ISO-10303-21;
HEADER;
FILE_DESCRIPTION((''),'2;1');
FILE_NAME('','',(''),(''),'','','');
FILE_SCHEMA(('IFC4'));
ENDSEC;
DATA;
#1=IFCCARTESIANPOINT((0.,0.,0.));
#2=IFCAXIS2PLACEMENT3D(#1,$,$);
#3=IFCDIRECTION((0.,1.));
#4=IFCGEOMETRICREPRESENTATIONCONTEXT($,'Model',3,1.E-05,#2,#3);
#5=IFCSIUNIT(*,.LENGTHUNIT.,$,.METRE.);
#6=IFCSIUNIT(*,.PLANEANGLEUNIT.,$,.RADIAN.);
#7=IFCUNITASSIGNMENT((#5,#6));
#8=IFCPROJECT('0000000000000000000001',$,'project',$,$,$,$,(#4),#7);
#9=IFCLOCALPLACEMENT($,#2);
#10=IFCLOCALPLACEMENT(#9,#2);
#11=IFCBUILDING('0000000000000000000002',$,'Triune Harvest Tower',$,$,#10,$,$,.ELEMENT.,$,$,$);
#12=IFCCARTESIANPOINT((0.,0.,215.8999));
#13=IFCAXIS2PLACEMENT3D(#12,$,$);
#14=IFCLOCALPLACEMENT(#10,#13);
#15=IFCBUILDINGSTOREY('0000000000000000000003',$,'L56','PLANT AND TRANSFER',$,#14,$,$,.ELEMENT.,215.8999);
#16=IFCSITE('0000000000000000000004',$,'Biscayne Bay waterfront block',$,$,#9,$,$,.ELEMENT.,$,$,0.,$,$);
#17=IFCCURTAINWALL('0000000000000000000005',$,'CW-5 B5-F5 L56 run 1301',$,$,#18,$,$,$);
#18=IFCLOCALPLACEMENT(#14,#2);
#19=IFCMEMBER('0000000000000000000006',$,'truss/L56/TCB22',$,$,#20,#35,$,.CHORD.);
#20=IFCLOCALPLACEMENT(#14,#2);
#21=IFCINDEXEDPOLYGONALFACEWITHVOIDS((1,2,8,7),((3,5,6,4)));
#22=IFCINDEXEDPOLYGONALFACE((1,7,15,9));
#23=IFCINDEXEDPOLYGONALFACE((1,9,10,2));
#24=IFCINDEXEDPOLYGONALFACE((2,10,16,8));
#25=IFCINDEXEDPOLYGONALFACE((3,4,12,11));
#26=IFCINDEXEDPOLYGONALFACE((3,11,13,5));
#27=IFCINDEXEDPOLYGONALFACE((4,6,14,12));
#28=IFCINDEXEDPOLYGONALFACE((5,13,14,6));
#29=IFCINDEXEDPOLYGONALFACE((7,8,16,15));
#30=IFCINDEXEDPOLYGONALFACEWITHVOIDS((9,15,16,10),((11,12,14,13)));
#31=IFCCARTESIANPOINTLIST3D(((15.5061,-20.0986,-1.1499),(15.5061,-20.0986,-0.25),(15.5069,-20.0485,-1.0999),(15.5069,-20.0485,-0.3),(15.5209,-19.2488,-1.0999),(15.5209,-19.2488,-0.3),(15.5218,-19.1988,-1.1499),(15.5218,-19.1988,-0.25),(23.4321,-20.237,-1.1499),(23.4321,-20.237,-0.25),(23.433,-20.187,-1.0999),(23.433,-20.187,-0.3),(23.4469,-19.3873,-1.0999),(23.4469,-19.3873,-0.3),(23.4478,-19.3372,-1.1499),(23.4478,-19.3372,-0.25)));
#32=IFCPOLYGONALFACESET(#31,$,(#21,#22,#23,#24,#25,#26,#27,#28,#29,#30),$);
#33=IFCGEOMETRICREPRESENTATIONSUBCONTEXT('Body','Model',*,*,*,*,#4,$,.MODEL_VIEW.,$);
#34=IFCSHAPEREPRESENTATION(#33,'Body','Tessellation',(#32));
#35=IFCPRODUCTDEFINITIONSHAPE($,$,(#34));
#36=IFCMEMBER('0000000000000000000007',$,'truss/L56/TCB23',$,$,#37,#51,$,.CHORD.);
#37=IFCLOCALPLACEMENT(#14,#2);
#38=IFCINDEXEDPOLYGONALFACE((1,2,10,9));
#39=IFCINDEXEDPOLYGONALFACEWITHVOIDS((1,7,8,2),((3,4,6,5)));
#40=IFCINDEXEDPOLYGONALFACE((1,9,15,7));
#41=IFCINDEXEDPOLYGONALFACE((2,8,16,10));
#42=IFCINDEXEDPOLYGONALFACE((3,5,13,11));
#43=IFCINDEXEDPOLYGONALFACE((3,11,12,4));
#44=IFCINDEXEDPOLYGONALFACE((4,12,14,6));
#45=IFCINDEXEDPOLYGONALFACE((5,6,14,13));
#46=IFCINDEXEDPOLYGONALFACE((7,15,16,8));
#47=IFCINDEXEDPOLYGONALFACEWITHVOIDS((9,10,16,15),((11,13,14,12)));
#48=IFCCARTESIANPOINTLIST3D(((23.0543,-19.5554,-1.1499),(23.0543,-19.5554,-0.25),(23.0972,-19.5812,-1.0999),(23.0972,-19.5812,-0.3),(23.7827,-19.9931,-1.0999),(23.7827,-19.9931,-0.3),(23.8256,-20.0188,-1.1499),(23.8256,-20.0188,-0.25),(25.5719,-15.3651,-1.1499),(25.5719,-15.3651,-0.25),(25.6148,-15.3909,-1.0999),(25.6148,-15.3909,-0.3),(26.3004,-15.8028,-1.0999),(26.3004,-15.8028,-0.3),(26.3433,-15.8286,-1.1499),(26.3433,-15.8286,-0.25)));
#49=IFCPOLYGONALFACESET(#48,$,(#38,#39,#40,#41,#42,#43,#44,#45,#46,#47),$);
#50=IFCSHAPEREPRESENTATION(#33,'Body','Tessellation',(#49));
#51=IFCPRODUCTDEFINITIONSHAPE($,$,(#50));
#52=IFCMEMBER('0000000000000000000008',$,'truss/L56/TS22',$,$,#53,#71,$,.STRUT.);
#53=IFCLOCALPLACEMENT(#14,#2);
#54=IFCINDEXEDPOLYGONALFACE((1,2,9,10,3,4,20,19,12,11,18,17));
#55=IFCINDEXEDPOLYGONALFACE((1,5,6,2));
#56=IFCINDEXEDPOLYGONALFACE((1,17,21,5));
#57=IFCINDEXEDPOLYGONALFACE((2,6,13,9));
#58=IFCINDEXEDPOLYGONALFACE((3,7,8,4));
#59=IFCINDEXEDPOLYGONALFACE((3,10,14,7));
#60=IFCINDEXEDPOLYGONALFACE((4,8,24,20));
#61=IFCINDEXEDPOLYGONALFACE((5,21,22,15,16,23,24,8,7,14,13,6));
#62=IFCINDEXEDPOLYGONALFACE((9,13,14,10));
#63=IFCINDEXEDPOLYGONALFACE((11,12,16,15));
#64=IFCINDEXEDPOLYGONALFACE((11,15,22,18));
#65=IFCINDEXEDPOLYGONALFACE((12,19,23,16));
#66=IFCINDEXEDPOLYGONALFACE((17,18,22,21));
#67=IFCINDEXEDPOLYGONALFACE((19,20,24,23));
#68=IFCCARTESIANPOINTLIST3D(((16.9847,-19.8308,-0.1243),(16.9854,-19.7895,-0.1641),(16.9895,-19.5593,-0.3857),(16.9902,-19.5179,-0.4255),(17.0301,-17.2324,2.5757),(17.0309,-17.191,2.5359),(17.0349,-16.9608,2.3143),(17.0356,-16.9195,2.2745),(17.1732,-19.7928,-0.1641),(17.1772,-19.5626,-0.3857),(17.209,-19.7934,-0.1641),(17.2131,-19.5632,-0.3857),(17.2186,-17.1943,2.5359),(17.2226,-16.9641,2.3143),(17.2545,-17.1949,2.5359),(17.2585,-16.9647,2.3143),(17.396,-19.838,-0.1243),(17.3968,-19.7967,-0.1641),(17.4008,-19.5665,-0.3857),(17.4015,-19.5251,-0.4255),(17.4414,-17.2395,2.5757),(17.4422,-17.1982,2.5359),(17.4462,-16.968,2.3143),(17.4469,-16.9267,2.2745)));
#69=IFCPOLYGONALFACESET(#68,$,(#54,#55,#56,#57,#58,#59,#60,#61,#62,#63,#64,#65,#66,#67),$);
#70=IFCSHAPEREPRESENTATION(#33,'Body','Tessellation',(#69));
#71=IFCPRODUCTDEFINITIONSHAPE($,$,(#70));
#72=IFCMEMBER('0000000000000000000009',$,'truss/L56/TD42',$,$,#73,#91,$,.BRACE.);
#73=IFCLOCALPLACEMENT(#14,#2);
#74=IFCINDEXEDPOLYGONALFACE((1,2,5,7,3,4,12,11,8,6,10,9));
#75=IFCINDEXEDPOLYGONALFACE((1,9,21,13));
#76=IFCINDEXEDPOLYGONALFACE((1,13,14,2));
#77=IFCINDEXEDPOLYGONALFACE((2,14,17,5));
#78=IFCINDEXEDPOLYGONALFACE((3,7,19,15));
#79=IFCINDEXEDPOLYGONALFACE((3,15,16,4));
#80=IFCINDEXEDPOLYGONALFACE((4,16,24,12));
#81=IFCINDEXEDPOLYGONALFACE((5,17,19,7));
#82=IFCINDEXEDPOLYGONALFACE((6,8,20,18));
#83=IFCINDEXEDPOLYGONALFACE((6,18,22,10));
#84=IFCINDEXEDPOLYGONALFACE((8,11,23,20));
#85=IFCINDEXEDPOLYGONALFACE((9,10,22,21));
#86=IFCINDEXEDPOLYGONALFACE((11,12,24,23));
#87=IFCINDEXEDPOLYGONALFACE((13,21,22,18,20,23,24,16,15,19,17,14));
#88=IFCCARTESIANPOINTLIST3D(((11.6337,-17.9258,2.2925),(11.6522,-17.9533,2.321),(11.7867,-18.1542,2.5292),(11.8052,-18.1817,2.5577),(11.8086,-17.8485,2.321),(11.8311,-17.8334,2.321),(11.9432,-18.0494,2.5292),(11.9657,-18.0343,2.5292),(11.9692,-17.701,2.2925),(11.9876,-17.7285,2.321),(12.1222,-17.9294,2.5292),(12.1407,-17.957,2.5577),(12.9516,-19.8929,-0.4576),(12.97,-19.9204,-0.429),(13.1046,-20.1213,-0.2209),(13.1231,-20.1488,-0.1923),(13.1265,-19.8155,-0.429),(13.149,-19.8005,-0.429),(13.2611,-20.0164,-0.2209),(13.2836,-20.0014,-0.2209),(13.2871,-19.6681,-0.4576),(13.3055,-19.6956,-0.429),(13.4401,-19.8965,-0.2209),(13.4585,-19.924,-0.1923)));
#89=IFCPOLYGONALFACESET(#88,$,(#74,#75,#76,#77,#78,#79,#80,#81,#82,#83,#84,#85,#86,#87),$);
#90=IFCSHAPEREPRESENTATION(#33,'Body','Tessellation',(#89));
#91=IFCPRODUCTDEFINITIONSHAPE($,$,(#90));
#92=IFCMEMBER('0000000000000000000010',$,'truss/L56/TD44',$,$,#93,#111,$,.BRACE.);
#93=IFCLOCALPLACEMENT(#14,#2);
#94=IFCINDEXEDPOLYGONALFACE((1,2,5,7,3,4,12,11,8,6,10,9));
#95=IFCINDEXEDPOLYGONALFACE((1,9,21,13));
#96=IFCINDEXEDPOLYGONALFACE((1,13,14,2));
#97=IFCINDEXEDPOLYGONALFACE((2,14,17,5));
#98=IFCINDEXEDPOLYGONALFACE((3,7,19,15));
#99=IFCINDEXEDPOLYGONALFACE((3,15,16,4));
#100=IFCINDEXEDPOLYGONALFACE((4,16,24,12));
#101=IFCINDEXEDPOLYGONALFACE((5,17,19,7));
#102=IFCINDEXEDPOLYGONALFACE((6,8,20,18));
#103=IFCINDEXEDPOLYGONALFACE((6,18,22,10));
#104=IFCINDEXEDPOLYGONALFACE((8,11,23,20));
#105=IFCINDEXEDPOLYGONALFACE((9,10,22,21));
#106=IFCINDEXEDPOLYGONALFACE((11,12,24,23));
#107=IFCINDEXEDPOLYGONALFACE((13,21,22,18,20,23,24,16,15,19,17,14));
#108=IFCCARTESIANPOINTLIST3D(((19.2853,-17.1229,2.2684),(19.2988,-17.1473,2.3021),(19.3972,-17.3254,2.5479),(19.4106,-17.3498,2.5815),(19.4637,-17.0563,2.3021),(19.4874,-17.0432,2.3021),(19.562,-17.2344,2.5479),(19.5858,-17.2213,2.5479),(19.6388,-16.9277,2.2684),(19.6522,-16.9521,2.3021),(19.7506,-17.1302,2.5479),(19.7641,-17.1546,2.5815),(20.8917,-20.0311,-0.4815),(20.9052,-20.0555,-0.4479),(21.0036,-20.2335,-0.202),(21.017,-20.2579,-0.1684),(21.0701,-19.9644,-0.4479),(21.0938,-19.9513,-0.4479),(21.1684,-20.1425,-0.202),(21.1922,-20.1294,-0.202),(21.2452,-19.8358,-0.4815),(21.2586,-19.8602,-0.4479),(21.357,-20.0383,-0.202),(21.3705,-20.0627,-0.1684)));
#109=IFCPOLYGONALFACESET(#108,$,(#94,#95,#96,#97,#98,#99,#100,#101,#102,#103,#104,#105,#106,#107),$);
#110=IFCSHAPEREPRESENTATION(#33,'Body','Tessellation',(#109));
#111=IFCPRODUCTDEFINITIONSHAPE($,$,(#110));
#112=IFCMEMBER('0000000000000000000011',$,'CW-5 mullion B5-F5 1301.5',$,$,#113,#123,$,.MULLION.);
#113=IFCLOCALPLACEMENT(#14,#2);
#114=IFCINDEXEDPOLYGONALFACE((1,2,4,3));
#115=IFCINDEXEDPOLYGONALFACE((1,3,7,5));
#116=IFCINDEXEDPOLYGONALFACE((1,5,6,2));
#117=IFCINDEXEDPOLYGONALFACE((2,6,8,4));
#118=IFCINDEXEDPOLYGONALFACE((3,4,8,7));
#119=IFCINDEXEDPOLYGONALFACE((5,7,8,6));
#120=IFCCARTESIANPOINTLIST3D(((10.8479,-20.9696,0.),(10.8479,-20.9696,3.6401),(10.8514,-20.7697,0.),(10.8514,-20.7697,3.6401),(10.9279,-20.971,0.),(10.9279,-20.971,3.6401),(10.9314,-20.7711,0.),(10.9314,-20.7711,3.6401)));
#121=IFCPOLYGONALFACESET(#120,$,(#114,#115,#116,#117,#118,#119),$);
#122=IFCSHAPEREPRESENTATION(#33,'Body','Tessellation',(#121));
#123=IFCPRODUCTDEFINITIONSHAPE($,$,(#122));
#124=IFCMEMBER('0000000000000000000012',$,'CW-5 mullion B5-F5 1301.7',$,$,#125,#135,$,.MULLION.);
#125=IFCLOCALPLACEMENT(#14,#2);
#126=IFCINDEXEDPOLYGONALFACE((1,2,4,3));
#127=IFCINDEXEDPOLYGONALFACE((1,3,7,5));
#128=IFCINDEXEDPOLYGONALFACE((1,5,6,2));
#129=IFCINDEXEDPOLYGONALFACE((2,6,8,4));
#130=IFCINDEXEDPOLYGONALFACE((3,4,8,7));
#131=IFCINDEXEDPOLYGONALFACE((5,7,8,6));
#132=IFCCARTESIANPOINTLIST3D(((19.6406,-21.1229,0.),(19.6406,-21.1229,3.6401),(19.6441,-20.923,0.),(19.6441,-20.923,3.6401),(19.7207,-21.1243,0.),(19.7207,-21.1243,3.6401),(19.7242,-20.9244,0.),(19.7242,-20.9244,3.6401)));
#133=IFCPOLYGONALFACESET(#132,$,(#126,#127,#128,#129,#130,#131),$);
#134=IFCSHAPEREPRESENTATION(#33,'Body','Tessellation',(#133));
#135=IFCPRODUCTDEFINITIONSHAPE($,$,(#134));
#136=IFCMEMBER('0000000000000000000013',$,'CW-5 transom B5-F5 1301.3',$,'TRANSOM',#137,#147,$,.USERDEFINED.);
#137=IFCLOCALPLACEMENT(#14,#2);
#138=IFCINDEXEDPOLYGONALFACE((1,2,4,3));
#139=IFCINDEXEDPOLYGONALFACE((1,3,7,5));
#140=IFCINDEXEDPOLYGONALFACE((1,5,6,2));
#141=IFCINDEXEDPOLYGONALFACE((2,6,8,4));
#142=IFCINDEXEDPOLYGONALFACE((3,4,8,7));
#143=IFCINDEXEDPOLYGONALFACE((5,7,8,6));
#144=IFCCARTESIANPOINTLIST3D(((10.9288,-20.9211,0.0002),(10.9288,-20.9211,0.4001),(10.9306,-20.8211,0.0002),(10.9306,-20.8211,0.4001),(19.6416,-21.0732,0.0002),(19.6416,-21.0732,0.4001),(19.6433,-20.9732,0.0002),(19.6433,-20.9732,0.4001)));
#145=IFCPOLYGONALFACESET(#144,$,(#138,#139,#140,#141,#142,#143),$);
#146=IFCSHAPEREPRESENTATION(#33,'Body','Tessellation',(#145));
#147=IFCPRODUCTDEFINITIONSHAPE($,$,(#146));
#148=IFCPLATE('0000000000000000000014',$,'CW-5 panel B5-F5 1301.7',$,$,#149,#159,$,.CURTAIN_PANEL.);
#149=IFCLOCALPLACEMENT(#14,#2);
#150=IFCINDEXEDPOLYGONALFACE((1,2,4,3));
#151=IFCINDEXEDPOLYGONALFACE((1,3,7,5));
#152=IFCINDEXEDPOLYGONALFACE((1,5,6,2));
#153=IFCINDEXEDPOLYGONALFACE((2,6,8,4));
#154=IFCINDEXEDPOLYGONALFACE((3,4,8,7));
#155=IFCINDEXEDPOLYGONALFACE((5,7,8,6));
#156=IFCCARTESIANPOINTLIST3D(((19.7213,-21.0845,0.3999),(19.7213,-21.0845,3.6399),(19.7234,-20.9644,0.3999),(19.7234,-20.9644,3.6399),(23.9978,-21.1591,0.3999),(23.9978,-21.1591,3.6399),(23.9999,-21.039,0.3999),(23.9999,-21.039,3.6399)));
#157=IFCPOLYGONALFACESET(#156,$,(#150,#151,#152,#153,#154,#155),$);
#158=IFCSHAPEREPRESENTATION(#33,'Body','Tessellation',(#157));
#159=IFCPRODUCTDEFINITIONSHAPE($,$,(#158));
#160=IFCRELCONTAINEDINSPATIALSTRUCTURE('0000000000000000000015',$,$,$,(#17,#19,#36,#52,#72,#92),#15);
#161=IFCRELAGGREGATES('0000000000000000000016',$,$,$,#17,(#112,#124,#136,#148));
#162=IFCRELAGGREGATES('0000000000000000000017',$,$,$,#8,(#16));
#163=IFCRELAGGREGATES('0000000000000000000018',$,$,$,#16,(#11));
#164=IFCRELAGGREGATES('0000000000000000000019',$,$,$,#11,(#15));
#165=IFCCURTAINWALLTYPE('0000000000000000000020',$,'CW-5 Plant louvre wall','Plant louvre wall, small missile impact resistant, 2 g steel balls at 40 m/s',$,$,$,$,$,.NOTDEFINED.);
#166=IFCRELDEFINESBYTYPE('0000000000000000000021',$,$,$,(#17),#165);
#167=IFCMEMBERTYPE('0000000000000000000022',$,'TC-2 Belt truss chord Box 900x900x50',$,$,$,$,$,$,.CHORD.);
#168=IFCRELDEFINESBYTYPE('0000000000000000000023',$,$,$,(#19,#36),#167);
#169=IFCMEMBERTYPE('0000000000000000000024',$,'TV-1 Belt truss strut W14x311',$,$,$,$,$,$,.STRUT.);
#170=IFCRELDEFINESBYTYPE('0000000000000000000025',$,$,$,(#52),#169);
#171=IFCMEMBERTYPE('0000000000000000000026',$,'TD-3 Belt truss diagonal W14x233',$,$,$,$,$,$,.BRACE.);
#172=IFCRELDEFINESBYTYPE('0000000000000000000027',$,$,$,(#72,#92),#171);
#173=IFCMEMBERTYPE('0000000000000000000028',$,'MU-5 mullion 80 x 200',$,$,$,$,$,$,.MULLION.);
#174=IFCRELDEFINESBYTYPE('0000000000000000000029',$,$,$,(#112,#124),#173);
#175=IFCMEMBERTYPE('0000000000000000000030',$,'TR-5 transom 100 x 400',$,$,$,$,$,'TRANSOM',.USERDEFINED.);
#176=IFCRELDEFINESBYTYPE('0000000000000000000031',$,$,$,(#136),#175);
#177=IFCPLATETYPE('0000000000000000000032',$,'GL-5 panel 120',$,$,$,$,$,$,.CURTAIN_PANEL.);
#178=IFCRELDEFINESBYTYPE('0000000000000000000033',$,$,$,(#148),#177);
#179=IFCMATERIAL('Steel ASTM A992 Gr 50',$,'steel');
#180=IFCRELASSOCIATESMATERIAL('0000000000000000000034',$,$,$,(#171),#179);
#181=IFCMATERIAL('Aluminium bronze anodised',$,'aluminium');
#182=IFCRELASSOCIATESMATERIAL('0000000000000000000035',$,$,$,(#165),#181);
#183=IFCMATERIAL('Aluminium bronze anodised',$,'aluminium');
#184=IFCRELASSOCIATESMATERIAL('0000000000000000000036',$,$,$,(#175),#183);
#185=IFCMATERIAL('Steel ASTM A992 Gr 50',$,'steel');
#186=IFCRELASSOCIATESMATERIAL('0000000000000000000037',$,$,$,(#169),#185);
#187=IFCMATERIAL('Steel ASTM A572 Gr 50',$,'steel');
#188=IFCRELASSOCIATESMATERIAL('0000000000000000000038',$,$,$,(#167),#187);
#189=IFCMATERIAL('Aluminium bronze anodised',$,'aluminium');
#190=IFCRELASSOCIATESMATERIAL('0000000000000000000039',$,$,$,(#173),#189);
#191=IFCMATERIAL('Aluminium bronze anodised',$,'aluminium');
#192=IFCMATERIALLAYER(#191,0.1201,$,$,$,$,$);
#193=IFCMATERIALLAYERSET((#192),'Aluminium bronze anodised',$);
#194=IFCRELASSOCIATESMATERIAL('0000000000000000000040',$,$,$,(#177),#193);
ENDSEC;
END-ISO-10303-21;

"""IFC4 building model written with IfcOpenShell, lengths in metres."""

from ifc_helpers import new_model, si_unit, direction, frame, origin, origin_2d, place, context, subcontext, project, spatial, rectangle, hollow_rectangle, i_section, extrude, source, transform, mapped, material, layer, layer_set, material_profile, profile_set, type_object, element, aggregate, save


model = new_model("IFC4")

# Units and contexts
model_context = context("Model", 3, precision=1e-05, world=origin(), true_north=direction((0.0, 1.0)))
body_context = subcontext(model_context, "Body", "Model", "MODEL_VIEW")
ifc_project = project(units=[si_unit("LENGTHUNIT", "METRE"), si_unit("PLANEANGLEUNIT", "RADIAN")], contexts=[model_context])

# Site, building, storey
site_placement = place(None, origin())
site = spatial("IfcSite", under=ifc_project, at=site_placement, Name="Biscayne Bay waterfront block", CompositionType="ELEMENT", RefElevation=0.0)
building_placement = place(site_placement, origin())
building = spatial("IfcBuilding", under=site, at=building_placement, Name="Triune Harvest Tower", CompositionType="ELEMENT")
storey_placement = place(building_placement, frame((0.0, 0.0, 215.8999)))
storey = spatial("IfcBuildingStorey", under=building, at=storey_placement, Name="L56", Description="PLANT AND TRANSFER", CompositionType="ELEMENT", Elevation=215.8999)

# Shared definitions
ifc_material_1 = material(Name="Steel ASTM A992 Gr 50", Category="steel")
ifc_material_profile_1 = material_profile(ifc_material_1, i_section(OverallWidth=0.4038, OverallDepth=0.4065, WebThickness=0.0271, FlangeThickness=0.0437, at=origin_2d()), Name="W14x233")
ifc_profile_set_1 = profile_set([ifc_material_profile_1], Name="Steel ASTM A992 Gr 50")
member_type_1 = type_object("IfcMemberType", Name="TD-3 Belt truss diagonal W14x233", PredefinedType="BRACE", material=ifc_profile_set_1)

# Curtain wall
ifc_material_2 = material(Name="Aluminium bronze anodised", Category="aluminium")
curtain_wall_type = type_object("IfcCurtainWallType", Name="CW-5 Plant louvre wall", Description="Plant louvre wall, small missile impact resistant, 2 g steel balls at 40 m/s", PredefinedType="NOTDEFINED", material=ifc_material_2)
curtain_wall_placement = place(storey_placement, origin())
curtain_wall = element("IfcCurtainWall", 1, at=curtain_wall_placement, inside=storey, type_object=curtain_wall_type, Name="CW-5 B5-F5 L56 run 1301")
ifc_material_3 = material(Name="Aluminium bronze anodised", Category="aluminium")
ifc_material_profile_2 = material_profile(ifc_material_3, rectangle(XDim=0.1001, YDim=0.3999, at=origin_2d()), Name="TR-5 transom 100 x 400")
ifc_profile_set_2 = profile_set([ifc_material_profile_2], Name="Aluminium bronze anodised")
member_type_2 = type_object("IfcMemberType", Name="TR-5 transom 100 x 400", ElementType="TRANSOM", PredefinedType="USERDEFINED", material=ifc_profile_set_2)

# Shared definitions
ifc_material_4 = material(Name="Steel ASTM A992 Gr 50", Category="steel")
ifc_material_profile_3 = material_profile(ifc_material_4, i_section(OverallWidth=0.4114, OverallDepth=0.4343, WebThickness=0.0359, FlangeThickness=0.0574, at=origin_2d()), Name="W14x311")
ifc_profile_set_3 = profile_set([ifc_material_profile_3], Name="Steel ASTM A992 Gr 50")
member_type_3 = type_object("IfcMemberType", Name="TV-1 Belt truss strut W14x311", PredefinedType="STRUT", material=ifc_profile_set_3)

# Members
ifc_material_5 = material(Name="Steel ASTM A572 Gr 50", Category="steel")
ifc_material_profile_4 = material_profile(ifc_material_5, hollow_rectangle(XDim=0.8999, YDim=0.8999, WallThickness=0.05, at=origin_2d()), Name="Box 900x900x50")
ifc_profile_set_4 = profile_set([ifc_material_profile_4], Name="Steel ASTM A572 Gr 50")
member_type_4 = type_object("IfcMemberType", Name="TC-2 Belt truss chord Box 900x900x50", PredefinedType="CHORD", material=ifc_profile_set_4)
shared_shape_1 = source(origin(), body_context, "Body", "SweptSolid", [
    extrude(hollow_rectangle(XDim=0.8999, YDim=0.8999, WallThickness=0.05, at=origin_2d()), origin(), (0.0, 0.0, 1.0), 7.9272),
])
for number, where, z_axis, x_axis, name in (
    (2, (15.5139, -19.6487, -0.7), (0.999848, -0.017462, 0.0), (0.017462, 0.999848, 0.0), "truss/L56/TCB22"),
):
    element("IfcMember", number, at=place(storey_placement, frame(where, z_axis=z_axis, x_axis=x_axis)), inside=storey, type_object=member_type_4, Name=name, PredefinedType="CHORD", context=body_context, shape_type="MappedRepresentation", body=[
        mapped(shared_shape_1, transform((0.0, 0.0, 0.0), scale=1.0)),
    ])
shared_shape_2 = source(origin(), body_context, "Body", "SweptSolid", [
    extrude(hollow_rectangle(XDim=0.8999, YDim=0.8999, WallThickness=0.05, at=origin_2d()), origin(), (0.0, 0.0, 1.0), 4.8884),
])
member_1_placement = place(storey_placement, frame((23.4399, -19.7871, -0.7), z_axis=(0.515017, 0.85718, 0.0), x_axis=(-0.85718, 0.515017, 0.0)))
element("IfcMember", 3, at=member_1_placement, inside=storey, type_object=member_type_4, Name="truss/L56/TCB23", PredefinedType="CHORD", context=body_context, shape_type="MappedRepresentation", body=[
    mapped(shared_shape_2, transform((0.0, 0.0, 0.0), scale=1.0)),
])
shared_shape_3 = source(origin(), body_context, "Body", "SweptSolid", [
    extrude(i_section(OverallWidth=0.4114, OverallDepth=0.4343, WebThickness=0.0359, FlangeThickness=0.0574, at=origin_2d()), origin(), (0.0, 0.0, 1.0), 3.7476),
])
member_2_placement = place(storey_placement, frame((17.1931, -19.678, -0.2749), z_axis=(0.012118, 0.693374, 0.720476), x_axis=(-0.999847, 0.017474, 0.0)))
element("IfcMember", 4, at=member_2_placement, inside=storey, type_object=member_type_3, Name="truss/L56/TS22", PredefinedType="STRUT", context=body_context, shape_type="MappedRepresentation", body=[
    mapped(shared_shape_3, transform((0.0, 0.0, 0.0), scale=1.0)),
])
shared_shape_4 = source(origin(), body_context, "Body", "SweptSolid", [
    extrude(i_section(OverallWidth=0.4038, OverallDepth=0.4065, WebThickness=0.0271, FlangeThickness=0.0437, at=origin_2d()), origin(), (0.0, 0.0, 1.0), 3.6289),
])
member_3_placement = place(storey_placement, frame((13.2051, -19.9084, -0.325), z_axis=(-0.363165, 0.542057, 0.757816), x_axis=(-0.830779, -0.556602, 0.0)))
element("IfcMember", 5, at=member_3_placement, inside=storey, type_object=member_type_1, Name="truss/L56/TD42", PredefinedType="BRACE", context=body_context, shape_type="MappedRepresentation", body=[
    mapped(shared_shape_4, transform((0.0, 0.0, 0.0), scale=1.0)),
])
shared_shape_5 = source(origin(), body_context, "Body", "SweptSolid", [
    extrude(i_section(OverallWidth=0.4038, OverallDepth=0.4065, WebThickness=0.0271, FlangeThickness=0.0437, at=origin_2d()), origin(), (0.0, 0.0, 1.0), 4.3127),
])
member_4_placement = place(storey_placement, frame((21.1311, -20.0469, -0.325), z_axis=(-0.372477, 0.674309, 0.637627), x_axis=(-0.875333, -0.48352, 0.0)))
element("IfcMember", 6, at=member_4_placement, inside=storey, type_object=member_type_1, Name="truss/L56/TD44", PredefinedType="BRACE", context=body_context, shape_type="MappedRepresentation", body=[
    mapped(shared_shape_5, transform((0.0, 0.0, 0.0), scale=1.0)),
])

# Members
ifc_material_6 = material(Name="Aluminium bronze anodised", Category="aluminium")
ifc_material_profile_5 = material_profile(ifc_material_6, rectangle(XDim=0.2, YDim=0.0801, at=origin_2d()), Name="MU-5 mullion 80 x 200")
ifc_profile_set_5 = profile_set([ifc_material_profile_5], Name="Aluminium bronze anodised")
member_type_5 = type_object("IfcMemberType", Name="MU-5 mullion 80 x 200", PredefinedType="MULLION", material=ifc_profile_set_5)
shared_shape_6 = source(origin(), body_context, "Body", "SweptSolid", [
    extrude(rectangle(XDim=0.2, YDim=0.0801, at=origin_2d()), origin(), (0.0, 0.0, 1.0), 3.6401),
])
member_5_placement = place(storey_placement, frame((10.8896, -20.8704, 0.0), z_axis=(0.0, 0.0, 1.0), x_axis=(0.01745, 0.999848, 0.0)))
member_5 = element("IfcMember", 7, at=member_5_placement, type_object=member_type_5, Name="CW-5 mullion B5-F5 1301.5", PredefinedType="MULLION", context=body_context, shape_type="MappedRepresentation", body=[
    mapped(shared_shape_6, transform((0.0, 0.0, 0.0), scale=1.0)),
])
member_6_placement = place(storey_placement, frame((19.6824, -21.0237, 0.0), z_axis=(0.0, 0.0, 1.0), x_axis=(0.01745, 0.999848, 0.0)))
member_6 = element("IfcMember", 8, at=member_6_placement, type_object=member_type_5, Name="CW-5 mullion B5-F5 1301.7", PredefinedType="MULLION", context=body_context, shape_type="MappedRepresentation", body=[
    mapped(shared_shape_6, transform((0.0, 0.0, 0.0), scale=1.0)),
])
shared_shape_7 = source(origin(), body_context, "Body", "SweptSolid", [
    extrude(rectangle(XDim=0.1001, YDim=0.3999, at=origin_2d()), origin(), (0.0, 0.0, 1.0), 8.7141),
])
member_7_placement = place(storey_placement, frame((10.9297, -20.8711, 0.2002), z_axis=(0.999848, -0.017454, 0.0), x_axis=(0.017454, 0.999848, 0.0)))
member_7 = element("IfcMember", 9, at=member_7_placement, type_object=member_type_2, Name="CW-5 transom B5-F5 1301.3", ObjectType="TRANSOM", PredefinedType="USERDEFINED", context=body_context, shape_type="MappedRepresentation", body=[
    mapped(shared_shape_7, transform((0.0, 0.0, 0.0), scale=1.0)),
])

# Plate
ifc_material_7 = material(Name="Aluminium bronze anodised", Category="aluminium")
ifc_layer = layer(ifc_material_7, 0.1201)
ifc_layer_set = layer_set([ifc_layer], Name="Aluminium bronze anodised")
plate_type = type_object("IfcPlateType", Name="GL-5 panel 120", PredefinedType="CURTAIN_PANEL", material=ifc_layer_set)
plate_1_placement = place(storey_placement, frame((21.8606, -21.0618, 0.3999), z_axis=(0.0, 0.0, 1.0), x_axis=(0.999848, -0.01745, 0.0)))
plate_1 = element("IfcPlate", 10, at=plate_1_placement, type_object=plate_type, Name="CW-5 panel B5-F5 1301.7", PredefinedType="CURTAIN_PANEL", context=body_context, shape_type="SweptSolid", body=[
    extrude(rectangle(XDim=4.2771, YDim=0.1201, at=origin_2d()), origin(), (0.0, 0.0, 1.0), 3.24),
])
aggregate(curtain_wall, [member_5, member_6, member_7, plate_1])

save(model, "model.ifc")
